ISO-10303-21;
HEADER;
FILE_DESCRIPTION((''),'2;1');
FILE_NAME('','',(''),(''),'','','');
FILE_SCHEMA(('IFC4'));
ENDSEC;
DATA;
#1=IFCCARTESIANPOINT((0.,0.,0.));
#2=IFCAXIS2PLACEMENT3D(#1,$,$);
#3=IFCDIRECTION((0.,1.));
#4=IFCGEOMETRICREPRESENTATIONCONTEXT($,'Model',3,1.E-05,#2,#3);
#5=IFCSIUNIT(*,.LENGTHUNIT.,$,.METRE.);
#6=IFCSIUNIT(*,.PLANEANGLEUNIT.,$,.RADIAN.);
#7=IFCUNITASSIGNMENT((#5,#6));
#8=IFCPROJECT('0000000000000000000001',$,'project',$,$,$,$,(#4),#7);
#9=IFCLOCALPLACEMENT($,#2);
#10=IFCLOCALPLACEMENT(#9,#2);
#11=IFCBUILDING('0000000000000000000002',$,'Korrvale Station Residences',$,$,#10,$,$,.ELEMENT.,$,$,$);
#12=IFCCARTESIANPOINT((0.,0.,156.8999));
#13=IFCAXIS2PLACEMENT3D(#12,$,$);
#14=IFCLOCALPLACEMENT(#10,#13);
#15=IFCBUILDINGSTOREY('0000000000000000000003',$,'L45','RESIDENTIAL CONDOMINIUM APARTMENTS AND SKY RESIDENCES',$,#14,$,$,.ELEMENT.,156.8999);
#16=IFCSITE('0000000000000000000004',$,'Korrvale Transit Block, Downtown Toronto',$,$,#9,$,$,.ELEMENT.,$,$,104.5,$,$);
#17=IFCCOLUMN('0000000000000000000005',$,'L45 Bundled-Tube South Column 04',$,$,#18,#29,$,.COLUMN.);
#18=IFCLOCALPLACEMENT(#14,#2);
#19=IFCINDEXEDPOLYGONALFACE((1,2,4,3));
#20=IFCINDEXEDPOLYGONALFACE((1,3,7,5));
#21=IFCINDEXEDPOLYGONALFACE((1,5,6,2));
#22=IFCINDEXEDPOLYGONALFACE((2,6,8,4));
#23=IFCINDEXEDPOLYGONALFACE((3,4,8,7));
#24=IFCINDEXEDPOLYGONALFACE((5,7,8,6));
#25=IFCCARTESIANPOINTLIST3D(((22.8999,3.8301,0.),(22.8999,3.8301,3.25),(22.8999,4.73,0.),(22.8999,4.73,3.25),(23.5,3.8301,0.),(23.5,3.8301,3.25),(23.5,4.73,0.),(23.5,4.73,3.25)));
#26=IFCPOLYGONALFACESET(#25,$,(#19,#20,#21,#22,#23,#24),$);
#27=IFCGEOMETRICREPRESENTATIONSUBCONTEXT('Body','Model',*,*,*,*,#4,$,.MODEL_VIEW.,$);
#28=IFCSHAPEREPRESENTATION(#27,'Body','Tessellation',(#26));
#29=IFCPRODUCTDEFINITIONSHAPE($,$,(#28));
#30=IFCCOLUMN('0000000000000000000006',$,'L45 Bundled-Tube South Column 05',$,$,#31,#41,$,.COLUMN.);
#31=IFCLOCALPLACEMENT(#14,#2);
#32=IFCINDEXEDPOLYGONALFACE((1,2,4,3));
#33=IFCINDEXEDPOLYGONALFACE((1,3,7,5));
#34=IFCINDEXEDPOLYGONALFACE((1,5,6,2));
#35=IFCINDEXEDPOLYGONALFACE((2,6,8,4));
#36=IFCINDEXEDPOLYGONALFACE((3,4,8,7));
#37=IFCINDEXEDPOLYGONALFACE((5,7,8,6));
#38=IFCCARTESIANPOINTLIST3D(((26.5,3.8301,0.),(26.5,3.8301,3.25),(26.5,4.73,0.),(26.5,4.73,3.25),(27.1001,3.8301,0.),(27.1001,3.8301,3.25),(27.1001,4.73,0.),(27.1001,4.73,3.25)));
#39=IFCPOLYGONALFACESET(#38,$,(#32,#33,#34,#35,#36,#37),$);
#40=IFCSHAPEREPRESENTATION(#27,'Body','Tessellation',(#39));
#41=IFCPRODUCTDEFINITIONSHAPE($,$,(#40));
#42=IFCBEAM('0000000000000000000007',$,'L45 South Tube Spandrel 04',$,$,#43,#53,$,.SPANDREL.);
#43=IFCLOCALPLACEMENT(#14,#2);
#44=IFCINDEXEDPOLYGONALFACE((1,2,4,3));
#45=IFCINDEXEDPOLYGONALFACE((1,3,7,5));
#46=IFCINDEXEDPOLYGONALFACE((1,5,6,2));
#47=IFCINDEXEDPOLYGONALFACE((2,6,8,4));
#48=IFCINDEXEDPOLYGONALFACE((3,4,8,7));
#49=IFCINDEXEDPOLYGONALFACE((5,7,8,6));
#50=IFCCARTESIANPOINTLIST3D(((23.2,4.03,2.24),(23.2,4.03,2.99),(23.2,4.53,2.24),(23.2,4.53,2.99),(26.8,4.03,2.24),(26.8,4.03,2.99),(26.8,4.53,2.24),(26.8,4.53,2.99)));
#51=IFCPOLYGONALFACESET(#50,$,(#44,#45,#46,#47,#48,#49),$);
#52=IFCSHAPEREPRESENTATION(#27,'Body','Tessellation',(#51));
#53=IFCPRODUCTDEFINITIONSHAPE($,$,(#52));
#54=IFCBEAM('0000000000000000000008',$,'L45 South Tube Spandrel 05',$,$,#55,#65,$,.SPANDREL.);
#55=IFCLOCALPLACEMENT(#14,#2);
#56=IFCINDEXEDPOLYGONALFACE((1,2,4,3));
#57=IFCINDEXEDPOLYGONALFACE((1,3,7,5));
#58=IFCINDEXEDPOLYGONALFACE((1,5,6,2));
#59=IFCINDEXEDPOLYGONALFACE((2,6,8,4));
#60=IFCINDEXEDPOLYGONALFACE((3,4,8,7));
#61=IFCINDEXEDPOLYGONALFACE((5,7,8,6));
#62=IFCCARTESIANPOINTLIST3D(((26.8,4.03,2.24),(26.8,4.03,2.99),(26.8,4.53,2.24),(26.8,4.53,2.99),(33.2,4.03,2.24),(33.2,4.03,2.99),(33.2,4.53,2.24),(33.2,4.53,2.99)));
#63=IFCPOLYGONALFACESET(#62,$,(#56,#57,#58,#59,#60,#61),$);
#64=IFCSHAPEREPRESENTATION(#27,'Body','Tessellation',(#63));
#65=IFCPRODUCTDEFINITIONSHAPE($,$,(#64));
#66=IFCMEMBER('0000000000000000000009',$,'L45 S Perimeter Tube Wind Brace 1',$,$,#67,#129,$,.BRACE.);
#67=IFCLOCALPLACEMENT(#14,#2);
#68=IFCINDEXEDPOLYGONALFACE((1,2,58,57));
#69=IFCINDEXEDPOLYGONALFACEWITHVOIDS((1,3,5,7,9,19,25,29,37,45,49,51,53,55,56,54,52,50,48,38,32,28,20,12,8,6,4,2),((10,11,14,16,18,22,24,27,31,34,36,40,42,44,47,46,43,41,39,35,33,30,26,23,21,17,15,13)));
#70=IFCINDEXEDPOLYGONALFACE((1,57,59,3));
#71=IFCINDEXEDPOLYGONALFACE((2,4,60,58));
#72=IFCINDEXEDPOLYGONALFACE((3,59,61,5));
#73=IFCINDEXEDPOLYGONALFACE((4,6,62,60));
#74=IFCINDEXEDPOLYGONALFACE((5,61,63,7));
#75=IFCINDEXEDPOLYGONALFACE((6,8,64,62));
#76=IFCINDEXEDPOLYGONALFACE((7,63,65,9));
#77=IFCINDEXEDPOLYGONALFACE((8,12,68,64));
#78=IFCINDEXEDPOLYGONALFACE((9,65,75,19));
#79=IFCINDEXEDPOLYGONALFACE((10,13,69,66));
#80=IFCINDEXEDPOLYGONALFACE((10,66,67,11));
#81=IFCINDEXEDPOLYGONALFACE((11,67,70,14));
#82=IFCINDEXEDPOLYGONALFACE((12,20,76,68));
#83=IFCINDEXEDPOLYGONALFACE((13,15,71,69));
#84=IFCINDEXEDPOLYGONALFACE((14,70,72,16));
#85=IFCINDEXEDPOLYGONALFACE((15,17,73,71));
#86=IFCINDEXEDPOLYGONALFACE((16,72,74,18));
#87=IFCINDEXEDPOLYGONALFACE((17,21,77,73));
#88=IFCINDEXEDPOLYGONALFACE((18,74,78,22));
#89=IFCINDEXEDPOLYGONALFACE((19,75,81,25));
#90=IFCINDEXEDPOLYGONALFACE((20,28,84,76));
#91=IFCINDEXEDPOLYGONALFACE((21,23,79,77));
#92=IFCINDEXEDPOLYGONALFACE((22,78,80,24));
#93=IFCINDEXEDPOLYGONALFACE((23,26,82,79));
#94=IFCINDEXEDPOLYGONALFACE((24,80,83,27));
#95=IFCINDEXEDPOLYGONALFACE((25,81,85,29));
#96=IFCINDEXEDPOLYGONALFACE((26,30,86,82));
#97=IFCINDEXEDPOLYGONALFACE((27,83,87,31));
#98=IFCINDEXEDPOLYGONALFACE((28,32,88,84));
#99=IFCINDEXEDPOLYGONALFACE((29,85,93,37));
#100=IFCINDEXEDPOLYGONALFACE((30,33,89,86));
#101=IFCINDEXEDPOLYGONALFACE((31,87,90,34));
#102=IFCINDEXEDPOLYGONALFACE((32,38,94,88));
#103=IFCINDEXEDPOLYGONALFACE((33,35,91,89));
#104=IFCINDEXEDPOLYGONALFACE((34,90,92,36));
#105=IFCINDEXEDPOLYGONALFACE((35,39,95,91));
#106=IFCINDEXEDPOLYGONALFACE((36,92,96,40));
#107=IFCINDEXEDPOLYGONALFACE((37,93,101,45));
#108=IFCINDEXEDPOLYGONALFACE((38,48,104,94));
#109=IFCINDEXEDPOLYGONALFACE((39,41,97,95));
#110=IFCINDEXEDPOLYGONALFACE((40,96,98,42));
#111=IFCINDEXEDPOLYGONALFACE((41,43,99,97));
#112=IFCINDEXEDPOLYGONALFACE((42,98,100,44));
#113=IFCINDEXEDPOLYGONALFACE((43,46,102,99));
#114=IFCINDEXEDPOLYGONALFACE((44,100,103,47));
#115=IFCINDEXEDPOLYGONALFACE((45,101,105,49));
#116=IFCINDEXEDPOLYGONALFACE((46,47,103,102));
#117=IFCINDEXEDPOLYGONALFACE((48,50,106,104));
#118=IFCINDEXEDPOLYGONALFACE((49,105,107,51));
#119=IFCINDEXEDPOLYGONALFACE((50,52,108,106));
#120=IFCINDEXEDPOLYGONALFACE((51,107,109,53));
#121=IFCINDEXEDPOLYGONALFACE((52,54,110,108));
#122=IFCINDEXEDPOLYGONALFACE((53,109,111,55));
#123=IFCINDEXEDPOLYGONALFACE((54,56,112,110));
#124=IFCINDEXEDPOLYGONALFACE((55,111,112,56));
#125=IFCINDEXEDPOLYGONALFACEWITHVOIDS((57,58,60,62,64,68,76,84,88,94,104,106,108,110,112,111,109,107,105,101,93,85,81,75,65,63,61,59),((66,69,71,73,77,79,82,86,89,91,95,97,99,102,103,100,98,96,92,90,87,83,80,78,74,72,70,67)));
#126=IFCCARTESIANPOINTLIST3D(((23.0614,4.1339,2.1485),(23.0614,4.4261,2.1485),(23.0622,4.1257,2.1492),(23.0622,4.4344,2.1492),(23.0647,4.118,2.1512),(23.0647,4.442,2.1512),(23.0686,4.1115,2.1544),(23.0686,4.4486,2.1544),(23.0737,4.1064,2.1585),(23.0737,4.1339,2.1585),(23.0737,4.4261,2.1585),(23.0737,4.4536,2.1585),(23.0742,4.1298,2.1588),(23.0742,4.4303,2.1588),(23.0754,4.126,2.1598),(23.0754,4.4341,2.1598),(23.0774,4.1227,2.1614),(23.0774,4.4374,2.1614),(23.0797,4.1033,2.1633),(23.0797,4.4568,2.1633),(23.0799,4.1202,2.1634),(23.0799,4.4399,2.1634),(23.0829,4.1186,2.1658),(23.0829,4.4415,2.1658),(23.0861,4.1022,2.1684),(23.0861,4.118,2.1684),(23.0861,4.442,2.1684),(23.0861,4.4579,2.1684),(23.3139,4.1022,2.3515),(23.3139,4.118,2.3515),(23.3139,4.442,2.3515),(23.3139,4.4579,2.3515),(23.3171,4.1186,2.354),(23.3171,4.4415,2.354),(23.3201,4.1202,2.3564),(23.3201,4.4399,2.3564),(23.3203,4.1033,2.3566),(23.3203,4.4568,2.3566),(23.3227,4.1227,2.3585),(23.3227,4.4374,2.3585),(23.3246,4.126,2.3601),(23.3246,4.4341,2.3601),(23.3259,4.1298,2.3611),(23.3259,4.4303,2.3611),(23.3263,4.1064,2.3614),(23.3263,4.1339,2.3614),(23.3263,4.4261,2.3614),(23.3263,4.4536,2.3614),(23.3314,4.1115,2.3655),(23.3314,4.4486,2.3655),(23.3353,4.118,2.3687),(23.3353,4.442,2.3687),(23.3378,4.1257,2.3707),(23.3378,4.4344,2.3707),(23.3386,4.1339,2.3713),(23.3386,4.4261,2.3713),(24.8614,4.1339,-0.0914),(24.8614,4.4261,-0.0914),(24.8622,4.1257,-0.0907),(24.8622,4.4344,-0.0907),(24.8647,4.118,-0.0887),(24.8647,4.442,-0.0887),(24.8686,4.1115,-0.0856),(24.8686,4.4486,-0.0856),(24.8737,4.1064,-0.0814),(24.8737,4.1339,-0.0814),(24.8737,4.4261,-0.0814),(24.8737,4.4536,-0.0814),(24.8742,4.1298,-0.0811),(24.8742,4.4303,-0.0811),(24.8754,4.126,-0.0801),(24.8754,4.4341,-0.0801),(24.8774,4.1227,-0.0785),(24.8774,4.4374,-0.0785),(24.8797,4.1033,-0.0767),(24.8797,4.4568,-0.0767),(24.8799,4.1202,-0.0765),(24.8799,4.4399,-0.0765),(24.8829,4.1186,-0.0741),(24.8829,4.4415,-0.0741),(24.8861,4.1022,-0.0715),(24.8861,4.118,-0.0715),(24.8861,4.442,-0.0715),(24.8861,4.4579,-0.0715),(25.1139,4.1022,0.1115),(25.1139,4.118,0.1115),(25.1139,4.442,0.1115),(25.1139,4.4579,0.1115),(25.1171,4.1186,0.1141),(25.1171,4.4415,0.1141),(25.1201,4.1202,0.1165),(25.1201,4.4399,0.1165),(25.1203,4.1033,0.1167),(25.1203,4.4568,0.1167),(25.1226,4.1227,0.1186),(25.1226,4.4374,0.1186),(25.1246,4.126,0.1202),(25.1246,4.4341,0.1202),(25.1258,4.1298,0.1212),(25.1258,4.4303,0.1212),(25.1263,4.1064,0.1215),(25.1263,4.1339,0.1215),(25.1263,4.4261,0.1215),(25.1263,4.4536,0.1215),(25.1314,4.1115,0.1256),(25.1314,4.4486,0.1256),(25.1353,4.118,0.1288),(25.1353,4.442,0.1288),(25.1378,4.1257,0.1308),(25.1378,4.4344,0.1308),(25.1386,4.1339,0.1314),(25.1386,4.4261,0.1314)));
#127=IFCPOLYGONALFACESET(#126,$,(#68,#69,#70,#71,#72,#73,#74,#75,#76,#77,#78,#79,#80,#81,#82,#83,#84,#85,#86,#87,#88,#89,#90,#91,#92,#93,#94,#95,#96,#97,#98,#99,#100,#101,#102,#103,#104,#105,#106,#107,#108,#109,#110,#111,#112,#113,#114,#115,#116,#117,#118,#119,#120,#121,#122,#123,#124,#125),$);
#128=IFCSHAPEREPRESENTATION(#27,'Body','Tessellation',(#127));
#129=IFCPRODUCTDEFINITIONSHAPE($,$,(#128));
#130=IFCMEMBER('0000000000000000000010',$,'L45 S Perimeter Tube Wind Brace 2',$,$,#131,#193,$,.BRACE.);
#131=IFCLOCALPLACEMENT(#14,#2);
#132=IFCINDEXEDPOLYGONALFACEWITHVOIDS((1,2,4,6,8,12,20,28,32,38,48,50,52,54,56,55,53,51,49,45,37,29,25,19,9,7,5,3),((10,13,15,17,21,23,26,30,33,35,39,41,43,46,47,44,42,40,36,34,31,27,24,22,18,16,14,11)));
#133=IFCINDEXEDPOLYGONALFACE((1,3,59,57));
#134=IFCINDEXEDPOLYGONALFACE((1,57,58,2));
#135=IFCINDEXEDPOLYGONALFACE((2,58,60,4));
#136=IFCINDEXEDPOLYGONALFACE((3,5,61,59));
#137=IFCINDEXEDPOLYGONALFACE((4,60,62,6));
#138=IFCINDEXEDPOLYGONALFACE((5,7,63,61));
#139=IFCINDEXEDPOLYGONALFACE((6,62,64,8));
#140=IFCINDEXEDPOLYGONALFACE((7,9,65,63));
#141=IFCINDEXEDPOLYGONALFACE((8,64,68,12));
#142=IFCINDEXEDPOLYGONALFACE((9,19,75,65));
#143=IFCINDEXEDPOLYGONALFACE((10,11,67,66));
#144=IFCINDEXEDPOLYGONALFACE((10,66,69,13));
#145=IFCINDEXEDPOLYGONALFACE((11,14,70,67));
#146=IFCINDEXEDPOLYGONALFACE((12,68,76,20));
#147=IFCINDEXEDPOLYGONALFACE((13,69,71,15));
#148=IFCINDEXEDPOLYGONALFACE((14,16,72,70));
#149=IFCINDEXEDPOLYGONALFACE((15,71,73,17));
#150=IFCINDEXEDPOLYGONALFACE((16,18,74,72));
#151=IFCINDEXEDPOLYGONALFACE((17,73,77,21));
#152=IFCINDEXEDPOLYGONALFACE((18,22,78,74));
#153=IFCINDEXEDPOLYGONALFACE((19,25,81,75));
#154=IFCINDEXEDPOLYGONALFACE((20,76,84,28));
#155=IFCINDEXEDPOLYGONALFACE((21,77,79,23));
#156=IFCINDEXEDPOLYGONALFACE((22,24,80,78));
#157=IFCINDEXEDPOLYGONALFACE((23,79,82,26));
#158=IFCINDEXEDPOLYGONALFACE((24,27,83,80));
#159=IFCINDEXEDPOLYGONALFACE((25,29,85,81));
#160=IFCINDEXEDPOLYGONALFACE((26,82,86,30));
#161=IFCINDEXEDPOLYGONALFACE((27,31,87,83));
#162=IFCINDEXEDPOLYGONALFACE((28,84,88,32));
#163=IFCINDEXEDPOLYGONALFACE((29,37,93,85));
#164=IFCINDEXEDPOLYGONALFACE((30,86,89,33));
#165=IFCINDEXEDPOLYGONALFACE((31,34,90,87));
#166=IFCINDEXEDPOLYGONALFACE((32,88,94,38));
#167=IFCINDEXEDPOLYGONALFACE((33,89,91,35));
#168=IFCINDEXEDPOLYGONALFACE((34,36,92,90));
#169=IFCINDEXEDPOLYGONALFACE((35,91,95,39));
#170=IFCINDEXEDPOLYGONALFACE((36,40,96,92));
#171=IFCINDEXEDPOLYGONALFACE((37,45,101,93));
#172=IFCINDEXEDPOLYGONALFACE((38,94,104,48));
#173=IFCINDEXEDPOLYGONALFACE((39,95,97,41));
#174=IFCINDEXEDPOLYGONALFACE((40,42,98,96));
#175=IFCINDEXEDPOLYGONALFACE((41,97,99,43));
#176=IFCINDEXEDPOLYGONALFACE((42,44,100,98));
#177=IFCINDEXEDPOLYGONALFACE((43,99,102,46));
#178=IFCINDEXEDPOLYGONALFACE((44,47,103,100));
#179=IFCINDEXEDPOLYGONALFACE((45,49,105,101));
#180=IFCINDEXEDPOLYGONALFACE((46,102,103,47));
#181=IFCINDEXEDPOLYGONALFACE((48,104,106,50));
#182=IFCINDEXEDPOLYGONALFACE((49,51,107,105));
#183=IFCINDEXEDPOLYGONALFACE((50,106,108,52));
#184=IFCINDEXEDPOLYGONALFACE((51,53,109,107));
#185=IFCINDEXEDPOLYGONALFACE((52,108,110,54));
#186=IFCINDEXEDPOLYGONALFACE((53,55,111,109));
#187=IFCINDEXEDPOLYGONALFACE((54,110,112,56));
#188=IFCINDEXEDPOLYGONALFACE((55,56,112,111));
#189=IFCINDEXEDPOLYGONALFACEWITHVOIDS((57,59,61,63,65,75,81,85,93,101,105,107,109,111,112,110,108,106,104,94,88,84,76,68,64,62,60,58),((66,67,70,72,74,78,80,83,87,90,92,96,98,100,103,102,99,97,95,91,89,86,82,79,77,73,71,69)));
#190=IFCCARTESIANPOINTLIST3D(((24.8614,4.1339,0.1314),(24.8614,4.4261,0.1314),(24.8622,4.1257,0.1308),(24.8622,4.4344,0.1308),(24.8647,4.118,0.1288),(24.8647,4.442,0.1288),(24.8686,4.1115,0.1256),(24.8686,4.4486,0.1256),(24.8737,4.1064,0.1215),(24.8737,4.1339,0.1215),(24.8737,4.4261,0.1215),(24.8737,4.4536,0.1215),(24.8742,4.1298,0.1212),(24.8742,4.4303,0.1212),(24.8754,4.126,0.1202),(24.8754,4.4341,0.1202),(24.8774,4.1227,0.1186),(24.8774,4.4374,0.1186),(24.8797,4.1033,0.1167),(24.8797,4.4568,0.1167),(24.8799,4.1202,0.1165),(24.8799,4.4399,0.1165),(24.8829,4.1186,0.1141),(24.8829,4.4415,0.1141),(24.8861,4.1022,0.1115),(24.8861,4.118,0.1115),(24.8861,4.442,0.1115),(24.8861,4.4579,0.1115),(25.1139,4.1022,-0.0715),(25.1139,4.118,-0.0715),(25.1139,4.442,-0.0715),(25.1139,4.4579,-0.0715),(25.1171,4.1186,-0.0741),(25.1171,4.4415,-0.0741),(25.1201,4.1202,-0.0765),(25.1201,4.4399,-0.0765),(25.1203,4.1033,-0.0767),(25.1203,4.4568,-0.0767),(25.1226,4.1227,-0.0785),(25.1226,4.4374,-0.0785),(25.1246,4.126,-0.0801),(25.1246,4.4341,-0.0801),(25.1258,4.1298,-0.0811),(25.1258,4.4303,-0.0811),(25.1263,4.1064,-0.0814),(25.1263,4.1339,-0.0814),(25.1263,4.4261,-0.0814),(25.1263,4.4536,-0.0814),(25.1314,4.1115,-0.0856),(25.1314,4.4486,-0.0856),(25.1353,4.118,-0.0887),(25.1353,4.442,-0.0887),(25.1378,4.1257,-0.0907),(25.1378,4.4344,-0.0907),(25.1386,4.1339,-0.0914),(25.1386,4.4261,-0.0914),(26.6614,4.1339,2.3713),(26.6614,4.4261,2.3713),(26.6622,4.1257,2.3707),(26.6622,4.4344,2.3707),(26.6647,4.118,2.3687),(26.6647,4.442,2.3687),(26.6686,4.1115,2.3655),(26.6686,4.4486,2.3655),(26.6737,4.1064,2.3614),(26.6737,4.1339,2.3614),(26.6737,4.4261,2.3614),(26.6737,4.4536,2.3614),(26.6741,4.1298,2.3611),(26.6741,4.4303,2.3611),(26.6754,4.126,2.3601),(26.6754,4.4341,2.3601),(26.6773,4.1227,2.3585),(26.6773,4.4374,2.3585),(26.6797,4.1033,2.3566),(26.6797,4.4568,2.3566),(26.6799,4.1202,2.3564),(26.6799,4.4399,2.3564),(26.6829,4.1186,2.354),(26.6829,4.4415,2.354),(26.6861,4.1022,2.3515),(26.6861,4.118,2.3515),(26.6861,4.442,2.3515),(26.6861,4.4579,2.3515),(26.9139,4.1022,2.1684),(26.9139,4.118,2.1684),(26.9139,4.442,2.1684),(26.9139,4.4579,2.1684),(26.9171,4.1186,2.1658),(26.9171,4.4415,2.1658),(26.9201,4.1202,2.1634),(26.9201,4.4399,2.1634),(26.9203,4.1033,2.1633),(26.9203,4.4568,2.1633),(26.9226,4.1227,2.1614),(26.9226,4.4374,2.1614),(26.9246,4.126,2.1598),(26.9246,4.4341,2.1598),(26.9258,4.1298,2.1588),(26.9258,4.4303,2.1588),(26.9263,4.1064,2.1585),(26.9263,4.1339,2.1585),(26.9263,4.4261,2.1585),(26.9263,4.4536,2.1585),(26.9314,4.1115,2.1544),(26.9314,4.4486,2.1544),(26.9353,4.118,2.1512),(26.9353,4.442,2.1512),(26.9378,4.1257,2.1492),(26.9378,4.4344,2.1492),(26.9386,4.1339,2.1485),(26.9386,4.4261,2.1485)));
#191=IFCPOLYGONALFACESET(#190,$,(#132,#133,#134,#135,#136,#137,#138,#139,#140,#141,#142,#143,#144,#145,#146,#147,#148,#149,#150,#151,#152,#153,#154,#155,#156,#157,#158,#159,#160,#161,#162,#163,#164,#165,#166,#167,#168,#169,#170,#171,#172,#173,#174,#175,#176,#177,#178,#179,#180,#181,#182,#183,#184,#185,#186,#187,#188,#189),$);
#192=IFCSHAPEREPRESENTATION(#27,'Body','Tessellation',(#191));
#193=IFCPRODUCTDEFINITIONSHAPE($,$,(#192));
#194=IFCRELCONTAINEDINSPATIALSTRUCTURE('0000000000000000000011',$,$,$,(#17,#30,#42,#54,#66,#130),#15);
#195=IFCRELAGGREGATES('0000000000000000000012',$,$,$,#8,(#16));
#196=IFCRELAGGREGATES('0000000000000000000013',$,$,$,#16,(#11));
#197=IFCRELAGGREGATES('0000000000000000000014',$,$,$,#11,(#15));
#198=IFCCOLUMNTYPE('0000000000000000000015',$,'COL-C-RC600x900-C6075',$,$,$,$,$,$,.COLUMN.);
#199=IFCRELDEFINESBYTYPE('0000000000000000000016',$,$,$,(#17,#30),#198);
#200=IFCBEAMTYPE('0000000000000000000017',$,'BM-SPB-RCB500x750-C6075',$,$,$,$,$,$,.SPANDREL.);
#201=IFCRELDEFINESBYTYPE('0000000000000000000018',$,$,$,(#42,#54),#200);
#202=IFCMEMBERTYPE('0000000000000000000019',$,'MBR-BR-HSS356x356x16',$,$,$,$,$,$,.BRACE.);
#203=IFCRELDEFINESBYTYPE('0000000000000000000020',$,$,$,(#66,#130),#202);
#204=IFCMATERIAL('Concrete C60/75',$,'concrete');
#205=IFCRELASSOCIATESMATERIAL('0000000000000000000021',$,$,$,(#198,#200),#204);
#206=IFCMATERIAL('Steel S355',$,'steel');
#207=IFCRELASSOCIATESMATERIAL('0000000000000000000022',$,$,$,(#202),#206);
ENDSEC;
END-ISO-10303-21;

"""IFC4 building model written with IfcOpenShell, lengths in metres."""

from ifc_helpers import new_model, si_unit, direction, frame, origin, origin_2d, place, context, subcontext, project, spatial, rectangle, hollow_rectangle, extrude, material, material_profile, profile_set, type_object, element, save


model = new_model("IFC4")

# Units and contexts
model_context = context("Model", 3, precision=1e-05, world=origin(), true_north=direction((0.0, 1.0)))
body_context = subcontext(model_context, "Body", "Model", "MODEL_VIEW")
ifc_project = project(units=[si_unit("LENGTHUNIT", "METRE"), si_unit("PLANEANGLEUNIT", "RADIAN")], contexts=[model_context])

# Site, building, storey
site_placement = place(None, origin())
site = spatial("IfcSite", under=ifc_project, at=site_placement, Name="Korrvale Transit Block, Downtown Toronto", CompositionType="ELEMENT", RefElevation=104.5)
building_placement = place(site_placement, origin())
building = spatial("IfcBuilding", under=site, at=building_placement, Name="Korrvale Station Residences", CompositionType="ELEMENT")
storey_placement = place(building_placement, frame((0.0, 0.0, 156.8999)))
storey = spatial("IfcBuildingStorey", under=building, at=storey_placement, Name="L45", Description="RESIDENTIAL CONDOMINIUM APARTMENTS AND SKY RESIDENCES", CompositionType="ELEMENT", Elevation=156.8999)

# Columns
ifc_material_1 = material(Name="Concrete C60/75", Category="concrete")
ifc_material_profile_1 = material_profile(ifc_material_1, rectangle(XDim=0.6001, YDim=0.8999, at=origin_2d()), Name="RC600x900")
ifc_profile_set_1 = profile_set([ifc_material_profile_1], Name="Concrete C60/75")
column_type = type_object("IfcColumnType", Name="COL-C-RC600x900-C6075", PredefinedType="COLUMN", material=ifc_profile_set_1)
for number, where, z_axis, x_axis, name in (
    (1, (23.2, 4.28, 0.0), (0.0, 0.0, 1.0), (1.0, 0.0, 0.0), "L45 Bundled-Tube South Column 04"),
    (2, (26.8, 4.28, 0.0), (0.0, 0.0, 1.0), (1.0, 0.0, 0.0), "L45 Bundled-Tube South Column 05"),
):
    element("IfcColumn", number, at=place(storey_placement, frame(where, z_axis=z_axis, x_axis=x_axis)), inside=storey, type_object=column_type, Name=name, PredefinedType="COLUMN", context=body_context, shape_type="SweptSolid", body=[
        extrude(rectangle(XDim=0.6001, YDim=0.8999, at=origin_2d()), origin(), (0.0, 0.0, 1.0), 3.25),
    ])

# Beams
ifc_material_profile_2 = material_profile(ifc_material_1, rectangle(XDim=0.5, YDim=0.75, at=origin_2d()), Name="RCB500x750")
ifc_profile_set_2 = profile_set([ifc_material_profile_2], Name="Concrete C60/75")
beam_type = type_object("IfcBeamType", Name="BM-SPB-RCB500x750-C6075", PredefinedType="SPANDREL", material=ifc_profile_set_2)
beam_1_placement = place(storey_placement, frame((23.2, 4.28, 2.615), z_axis=(1.0, 0.0, 0.0), x_axis=(0.0, 1.0, 0.0)))
element("IfcBeam", 3, at=beam_1_placement, inside=storey, type_object=beam_type, Name="L45 South Tube Spandrel 04", PredefinedType="SPANDREL", context=body_context, shape_type="SweptSolid", body=[
    extrude(rectangle(XDim=0.5, YDim=0.75, at=origin_2d()), origin(), (0.0, 0.0, 1.0), 3.6001),
])
beam_2_placement = place(storey_placement, frame((26.8, 4.28, 2.615), z_axis=(1.0, 0.0, 0.0), x_axis=(0.0, 1.0, 0.0)))
element("IfcBeam", 4, at=beam_2_placement, inside=storey, type_object=beam_type, Name="L45 South Tube Spandrel 05", PredefinedType="SPANDREL", context=body_context, shape_type="SweptSolid", body=[
    extrude(rectangle(XDim=0.5, YDim=0.75, at=origin_2d()), origin(), (0.0, 0.0, 1.0), 6.3999),
])

# Members
ifc_material_2 = material(Name="Steel S355", Category="steel")
ifc_material_profile_3 = material_profile(ifc_material_2, hollow_rectangle(XDim=0.3557, YDim=0.3557, WallThickness=0.0159, InnerFilletRadius=0.0159, OuterFilletRadius=0.0317, at=origin_2d()), Name="HSS356x356x16")
ifc_profile_set_3 = profile_set([ifc_material_profile_3], Name="Steel S355")
member_type = type_object("IfcMemberType", Name="MBR-BR-HSS356x356x16", PredefinedType="BRACE", material=ifc_profile_set_3)
for number, where, z_axis, x_axis, name in (
    (5, (25.0, 4.28, 0.02), (-0.626403, 0.0, 0.779499), (0.0, -1.0, 0.0), "L45 S Perimeter Tube Wind Brace 1"),
    (6, (25.0, 4.28, 0.02), (0.626403, 0.0, 0.779499), (0.0, 1.0, 0.0), "L45 S Perimeter Tube Wind Brace 2"),
):
    element("IfcMember", number, at=place(storey_placement, frame(where, z_axis=z_axis, x_axis=x_axis)), inside=storey, type_object=member_type, Name=name, PredefinedType="BRACE", context=body_context, shape_type="SweptSolid", body=[
        extrude(hollow_rectangle(XDim=0.3557, YDim=0.3557, WallThickness=0.0159, InnerFilletRadius=0.0159, OuterFilletRadius=0.0317, at=origin_2d()), origin(), (0.0, 0.0, 1.0), 2.8735),
    ])

save(model, "model.ifc")
